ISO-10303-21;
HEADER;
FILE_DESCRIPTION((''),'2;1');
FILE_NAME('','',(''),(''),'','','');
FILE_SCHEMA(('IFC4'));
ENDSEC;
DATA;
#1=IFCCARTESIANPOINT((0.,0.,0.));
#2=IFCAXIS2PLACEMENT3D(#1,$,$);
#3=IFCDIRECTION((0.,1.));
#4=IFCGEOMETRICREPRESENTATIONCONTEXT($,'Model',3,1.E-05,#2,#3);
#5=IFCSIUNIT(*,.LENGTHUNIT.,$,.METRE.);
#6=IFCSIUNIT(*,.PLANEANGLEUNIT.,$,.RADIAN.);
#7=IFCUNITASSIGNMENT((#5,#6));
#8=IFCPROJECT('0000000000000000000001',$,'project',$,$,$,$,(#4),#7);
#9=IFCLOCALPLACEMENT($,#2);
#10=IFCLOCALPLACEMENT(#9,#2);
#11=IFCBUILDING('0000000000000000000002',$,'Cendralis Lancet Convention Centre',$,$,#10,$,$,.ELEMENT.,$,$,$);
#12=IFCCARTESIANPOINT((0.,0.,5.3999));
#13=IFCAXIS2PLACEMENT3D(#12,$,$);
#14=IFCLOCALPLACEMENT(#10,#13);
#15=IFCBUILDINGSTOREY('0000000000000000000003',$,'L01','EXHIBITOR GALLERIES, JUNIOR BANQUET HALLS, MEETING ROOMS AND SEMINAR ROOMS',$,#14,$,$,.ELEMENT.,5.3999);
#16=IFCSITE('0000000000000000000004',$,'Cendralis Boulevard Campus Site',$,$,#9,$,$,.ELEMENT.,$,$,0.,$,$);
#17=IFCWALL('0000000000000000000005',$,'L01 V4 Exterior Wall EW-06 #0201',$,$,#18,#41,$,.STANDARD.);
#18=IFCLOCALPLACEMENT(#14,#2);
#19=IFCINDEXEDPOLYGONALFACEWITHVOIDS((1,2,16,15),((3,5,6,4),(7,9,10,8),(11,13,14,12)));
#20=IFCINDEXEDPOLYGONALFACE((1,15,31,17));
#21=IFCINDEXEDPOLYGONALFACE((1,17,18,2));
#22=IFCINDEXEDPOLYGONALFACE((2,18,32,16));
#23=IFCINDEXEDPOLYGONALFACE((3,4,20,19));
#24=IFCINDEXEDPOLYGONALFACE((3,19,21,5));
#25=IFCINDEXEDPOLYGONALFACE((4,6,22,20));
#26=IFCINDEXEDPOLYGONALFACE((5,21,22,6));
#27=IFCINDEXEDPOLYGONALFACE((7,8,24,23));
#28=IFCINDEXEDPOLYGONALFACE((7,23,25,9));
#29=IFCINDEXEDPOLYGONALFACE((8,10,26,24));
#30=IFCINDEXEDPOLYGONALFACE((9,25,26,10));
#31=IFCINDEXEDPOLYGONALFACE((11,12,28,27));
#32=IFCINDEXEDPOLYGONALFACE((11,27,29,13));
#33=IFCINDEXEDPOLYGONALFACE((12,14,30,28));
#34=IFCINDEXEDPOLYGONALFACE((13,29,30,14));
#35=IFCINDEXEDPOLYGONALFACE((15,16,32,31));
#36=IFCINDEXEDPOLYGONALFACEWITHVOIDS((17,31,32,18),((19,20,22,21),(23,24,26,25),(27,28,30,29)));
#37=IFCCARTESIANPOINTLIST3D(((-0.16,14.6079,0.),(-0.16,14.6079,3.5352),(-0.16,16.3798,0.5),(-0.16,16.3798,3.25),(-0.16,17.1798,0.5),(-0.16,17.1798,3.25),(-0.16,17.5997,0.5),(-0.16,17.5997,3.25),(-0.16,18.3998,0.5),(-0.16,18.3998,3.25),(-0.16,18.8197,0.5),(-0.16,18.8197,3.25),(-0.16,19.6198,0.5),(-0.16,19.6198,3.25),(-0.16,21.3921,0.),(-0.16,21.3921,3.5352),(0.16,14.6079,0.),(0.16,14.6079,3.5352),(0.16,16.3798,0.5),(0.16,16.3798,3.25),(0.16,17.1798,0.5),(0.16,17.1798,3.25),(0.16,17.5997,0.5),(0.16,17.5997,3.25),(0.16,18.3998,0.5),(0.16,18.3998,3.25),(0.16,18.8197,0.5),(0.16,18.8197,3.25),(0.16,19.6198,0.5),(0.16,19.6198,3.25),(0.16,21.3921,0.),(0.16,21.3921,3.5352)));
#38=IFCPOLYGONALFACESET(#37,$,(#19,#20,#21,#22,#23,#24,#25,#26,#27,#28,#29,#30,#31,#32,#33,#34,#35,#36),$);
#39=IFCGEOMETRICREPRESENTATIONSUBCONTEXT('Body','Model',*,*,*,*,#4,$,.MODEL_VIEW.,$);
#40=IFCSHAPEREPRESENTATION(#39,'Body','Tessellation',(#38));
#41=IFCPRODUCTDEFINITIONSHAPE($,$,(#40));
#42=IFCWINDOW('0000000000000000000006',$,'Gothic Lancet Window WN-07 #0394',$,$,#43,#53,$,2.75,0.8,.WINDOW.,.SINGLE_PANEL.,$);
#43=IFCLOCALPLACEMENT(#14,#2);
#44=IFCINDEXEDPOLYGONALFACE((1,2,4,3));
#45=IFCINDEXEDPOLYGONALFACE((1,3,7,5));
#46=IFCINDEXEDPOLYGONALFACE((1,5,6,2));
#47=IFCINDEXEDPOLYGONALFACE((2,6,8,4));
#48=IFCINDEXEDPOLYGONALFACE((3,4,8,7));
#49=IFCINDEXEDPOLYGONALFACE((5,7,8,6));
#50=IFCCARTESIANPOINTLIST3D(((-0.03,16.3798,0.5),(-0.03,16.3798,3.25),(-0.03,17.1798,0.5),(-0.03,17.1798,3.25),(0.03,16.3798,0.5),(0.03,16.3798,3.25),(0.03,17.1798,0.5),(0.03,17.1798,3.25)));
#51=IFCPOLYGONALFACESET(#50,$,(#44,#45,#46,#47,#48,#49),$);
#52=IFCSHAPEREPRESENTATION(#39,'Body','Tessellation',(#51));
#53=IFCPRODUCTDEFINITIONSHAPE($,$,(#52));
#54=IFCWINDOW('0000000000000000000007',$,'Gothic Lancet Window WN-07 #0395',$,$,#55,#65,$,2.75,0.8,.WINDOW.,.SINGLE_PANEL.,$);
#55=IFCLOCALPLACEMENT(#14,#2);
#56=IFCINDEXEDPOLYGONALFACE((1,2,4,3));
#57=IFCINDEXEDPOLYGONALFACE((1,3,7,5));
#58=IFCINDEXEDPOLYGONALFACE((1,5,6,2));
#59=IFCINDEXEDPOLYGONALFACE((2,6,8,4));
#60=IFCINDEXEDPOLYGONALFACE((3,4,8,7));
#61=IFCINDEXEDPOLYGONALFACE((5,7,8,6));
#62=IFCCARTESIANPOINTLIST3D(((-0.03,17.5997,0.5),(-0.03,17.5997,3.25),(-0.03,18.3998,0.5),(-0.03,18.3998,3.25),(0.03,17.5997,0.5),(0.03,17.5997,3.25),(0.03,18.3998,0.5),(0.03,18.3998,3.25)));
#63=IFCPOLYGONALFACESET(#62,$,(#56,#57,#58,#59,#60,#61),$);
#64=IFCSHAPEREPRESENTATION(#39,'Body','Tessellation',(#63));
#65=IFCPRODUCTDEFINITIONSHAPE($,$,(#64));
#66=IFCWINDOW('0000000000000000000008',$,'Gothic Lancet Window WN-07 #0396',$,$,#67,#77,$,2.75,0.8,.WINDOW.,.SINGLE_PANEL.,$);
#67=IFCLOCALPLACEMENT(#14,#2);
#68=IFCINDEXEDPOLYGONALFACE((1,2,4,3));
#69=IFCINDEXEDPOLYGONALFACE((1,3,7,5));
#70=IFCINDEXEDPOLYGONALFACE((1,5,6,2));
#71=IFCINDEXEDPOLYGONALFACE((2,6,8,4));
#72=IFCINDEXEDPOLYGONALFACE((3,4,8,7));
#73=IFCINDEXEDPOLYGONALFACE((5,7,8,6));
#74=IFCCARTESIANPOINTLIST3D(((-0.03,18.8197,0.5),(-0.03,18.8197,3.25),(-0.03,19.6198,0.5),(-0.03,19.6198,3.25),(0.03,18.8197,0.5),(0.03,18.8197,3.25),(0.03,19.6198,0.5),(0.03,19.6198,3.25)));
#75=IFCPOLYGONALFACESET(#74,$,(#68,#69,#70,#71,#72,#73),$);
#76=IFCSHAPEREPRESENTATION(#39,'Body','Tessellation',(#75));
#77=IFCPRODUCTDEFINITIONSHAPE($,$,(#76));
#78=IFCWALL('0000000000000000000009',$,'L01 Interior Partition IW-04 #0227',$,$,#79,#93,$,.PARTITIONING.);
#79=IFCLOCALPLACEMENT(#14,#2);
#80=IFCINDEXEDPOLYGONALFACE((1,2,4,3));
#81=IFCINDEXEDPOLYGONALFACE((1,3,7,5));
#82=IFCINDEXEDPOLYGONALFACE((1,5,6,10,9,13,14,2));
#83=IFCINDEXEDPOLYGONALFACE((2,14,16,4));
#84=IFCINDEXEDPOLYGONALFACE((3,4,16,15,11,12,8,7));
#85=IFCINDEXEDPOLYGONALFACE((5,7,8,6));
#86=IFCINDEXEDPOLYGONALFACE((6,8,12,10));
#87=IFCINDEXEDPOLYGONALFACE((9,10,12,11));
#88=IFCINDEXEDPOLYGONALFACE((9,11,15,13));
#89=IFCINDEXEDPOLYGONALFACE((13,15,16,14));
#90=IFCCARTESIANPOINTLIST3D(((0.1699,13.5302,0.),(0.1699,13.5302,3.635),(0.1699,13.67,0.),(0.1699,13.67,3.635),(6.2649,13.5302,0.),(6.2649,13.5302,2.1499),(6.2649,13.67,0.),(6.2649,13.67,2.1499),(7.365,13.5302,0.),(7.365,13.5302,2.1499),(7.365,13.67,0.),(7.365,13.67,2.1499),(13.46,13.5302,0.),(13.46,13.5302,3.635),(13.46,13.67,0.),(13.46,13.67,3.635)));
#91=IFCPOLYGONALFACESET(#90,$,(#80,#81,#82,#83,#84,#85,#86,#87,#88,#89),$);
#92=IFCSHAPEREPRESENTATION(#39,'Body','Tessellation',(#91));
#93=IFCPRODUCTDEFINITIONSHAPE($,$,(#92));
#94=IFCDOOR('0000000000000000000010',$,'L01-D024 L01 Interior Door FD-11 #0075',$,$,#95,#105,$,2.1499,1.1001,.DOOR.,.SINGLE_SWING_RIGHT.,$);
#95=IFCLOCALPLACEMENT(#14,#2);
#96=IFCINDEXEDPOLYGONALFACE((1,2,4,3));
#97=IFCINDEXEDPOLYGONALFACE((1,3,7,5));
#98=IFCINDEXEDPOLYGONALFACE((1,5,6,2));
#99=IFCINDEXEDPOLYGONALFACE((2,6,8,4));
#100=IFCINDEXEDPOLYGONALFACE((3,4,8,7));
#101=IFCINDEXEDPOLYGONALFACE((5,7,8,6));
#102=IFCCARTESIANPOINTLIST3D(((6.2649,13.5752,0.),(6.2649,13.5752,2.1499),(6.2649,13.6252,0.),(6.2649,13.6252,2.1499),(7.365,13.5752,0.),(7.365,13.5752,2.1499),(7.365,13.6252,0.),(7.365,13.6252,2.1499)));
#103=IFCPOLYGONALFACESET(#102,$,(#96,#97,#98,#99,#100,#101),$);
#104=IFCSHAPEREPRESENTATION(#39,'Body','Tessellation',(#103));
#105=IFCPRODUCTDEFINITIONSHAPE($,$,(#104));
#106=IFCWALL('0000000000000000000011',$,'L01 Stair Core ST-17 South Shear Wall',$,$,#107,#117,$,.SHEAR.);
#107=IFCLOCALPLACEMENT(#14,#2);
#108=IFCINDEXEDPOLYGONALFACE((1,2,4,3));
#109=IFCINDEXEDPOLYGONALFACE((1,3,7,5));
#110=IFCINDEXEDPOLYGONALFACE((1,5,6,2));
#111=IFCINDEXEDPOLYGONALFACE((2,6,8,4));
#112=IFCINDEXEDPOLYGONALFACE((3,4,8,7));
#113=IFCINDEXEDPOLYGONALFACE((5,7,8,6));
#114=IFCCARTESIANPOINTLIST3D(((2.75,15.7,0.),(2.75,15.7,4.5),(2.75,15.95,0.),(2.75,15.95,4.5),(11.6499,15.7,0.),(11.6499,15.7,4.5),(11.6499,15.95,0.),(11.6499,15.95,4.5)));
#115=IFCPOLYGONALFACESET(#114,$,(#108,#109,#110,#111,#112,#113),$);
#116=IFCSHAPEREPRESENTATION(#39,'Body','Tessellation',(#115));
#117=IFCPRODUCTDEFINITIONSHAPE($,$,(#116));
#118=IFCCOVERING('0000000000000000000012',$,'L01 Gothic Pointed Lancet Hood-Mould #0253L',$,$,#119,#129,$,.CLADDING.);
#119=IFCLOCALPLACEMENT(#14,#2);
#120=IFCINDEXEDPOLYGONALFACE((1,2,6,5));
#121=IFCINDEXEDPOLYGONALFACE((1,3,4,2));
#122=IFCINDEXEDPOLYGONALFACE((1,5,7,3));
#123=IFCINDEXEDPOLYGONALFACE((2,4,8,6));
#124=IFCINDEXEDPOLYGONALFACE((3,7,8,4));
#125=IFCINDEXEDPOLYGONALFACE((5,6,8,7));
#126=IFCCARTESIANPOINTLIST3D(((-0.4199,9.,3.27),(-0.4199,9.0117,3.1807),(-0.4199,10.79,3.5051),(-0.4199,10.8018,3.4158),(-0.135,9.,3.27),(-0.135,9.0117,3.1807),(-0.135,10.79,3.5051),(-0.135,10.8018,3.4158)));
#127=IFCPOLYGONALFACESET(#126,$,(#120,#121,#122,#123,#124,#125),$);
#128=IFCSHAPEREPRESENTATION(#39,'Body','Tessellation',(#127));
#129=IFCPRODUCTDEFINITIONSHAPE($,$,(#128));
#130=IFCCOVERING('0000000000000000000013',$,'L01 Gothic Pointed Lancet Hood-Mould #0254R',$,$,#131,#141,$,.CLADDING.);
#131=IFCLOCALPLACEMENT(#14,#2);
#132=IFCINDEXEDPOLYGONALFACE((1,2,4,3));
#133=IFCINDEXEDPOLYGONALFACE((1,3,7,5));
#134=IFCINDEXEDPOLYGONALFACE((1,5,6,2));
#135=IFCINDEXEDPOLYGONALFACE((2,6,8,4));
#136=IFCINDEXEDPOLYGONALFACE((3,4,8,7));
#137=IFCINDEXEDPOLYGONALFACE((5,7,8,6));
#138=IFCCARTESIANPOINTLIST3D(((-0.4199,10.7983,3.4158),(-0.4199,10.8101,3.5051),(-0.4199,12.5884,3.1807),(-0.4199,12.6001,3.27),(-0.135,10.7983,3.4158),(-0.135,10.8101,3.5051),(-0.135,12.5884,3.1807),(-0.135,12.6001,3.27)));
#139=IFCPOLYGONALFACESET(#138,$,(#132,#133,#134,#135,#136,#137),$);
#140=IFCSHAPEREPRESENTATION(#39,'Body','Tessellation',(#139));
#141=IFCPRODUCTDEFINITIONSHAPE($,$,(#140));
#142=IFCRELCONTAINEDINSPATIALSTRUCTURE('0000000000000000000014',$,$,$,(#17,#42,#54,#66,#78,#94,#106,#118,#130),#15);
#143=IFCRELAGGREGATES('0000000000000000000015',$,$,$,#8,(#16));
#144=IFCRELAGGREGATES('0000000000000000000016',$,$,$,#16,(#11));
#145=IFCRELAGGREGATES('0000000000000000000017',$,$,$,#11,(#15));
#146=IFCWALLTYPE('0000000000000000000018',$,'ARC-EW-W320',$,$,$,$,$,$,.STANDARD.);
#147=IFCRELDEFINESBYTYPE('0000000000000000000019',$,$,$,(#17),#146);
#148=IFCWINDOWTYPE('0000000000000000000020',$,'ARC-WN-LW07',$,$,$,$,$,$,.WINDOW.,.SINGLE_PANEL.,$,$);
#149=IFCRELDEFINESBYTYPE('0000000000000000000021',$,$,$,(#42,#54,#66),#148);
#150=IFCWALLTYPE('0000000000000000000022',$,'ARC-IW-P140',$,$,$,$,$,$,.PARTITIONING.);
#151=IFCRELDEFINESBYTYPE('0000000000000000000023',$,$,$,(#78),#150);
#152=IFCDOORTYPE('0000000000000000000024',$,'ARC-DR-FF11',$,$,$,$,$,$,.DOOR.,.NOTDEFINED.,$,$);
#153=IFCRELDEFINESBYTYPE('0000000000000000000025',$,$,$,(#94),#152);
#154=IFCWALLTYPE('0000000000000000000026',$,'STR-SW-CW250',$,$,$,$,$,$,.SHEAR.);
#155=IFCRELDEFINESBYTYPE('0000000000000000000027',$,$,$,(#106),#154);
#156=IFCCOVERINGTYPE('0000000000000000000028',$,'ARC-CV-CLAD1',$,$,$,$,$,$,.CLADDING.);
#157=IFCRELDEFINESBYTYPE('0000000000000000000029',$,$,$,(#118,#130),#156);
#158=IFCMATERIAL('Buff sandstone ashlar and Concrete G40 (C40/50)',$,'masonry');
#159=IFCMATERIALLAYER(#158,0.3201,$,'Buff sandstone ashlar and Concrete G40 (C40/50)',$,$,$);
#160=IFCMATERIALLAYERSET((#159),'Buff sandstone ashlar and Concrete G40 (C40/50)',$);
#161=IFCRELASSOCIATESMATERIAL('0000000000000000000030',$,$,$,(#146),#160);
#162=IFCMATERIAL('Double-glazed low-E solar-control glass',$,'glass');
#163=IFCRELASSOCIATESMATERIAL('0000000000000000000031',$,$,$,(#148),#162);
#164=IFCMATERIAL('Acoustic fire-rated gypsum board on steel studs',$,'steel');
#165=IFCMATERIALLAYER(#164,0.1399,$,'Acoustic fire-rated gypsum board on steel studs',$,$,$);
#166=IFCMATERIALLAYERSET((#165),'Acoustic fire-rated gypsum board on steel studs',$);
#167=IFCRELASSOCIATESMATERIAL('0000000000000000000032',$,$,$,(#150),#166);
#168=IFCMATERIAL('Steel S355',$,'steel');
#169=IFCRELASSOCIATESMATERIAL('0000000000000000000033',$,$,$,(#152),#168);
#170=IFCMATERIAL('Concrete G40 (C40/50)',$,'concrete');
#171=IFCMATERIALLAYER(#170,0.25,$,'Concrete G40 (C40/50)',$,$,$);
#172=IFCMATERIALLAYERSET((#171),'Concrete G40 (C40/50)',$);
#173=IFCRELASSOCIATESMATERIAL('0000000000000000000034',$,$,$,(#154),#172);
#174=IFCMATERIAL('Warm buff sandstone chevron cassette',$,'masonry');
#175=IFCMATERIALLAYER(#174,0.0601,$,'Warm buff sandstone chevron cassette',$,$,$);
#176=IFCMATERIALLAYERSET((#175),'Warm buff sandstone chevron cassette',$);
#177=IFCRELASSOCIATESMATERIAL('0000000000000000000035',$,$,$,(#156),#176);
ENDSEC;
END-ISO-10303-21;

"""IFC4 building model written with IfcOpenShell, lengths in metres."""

from ifc_helpers import new_model, si_unit, direction, frame, frame_2d, origin, place, context, subcontext, project, spatial, polyline, rectangle, outline, extrude, material, layer, layer_set, type_object, element, fill, save


model = new_model("IFC4")

# Units and contexts
model_context = context("Model", 3, precision=1e-05, world=origin(), true_north=direction((0.0, 1.0)))
body_context = subcontext(model_context, "Body", "Model", "MODEL_VIEW")
ifc_project = project(units=[si_unit("LENGTHUNIT", "METRE"), si_unit("PLANEANGLEUNIT", "RADIAN")], contexts=[model_context])

# Site, building, storey
site_placement = place(None, origin())
site = spatial("IfcSite", under=ifc_project, at=site_placement, Name="Cendralis Boulevard Campus Site", CompositionType="ELEMENT", RefElevation=0.0)
building_placement = place(site_placement, origin())
building = spatial("IfcBuilding", under=site, at=building_placement, Name="Cendralis Lancet Convention Centre", CompositionType="ELEMENT")
storey_placement = place(building_placement, frame((0.0, 0.0, 5.3999)))
storey = spatial("IfcBuildingStorey", under=building, at=storey_placement, Name="L01", Description="EXHIBITOR GALLERIES, JUNIOR BANQUET HALLS, MEETING ROOMS AND SEMINAR ROOMS", CompositionType="ELEMENT", Elevation=5.3999)

# Shared definitions
ifc_material_1 = material(Name="Steel S355", Category="steel")

# Shared definitions
ifc_material_2 = material(Name="Concrete G40 (C40/50)", Category="concrete")

# Wall, openings, windows
ifc_material_3 = material(Name="Buff sandstone ashlar and Concrete G40 (C40/50)", Category="masonry")
ifc_layer_1 = layer(ifc_material_3, 0.3201, Name="Buff sandstone ashlar and Concrete G40 (C40/50)")
ifc_layer_set_1 = layer_set([ifc_layer_1], Name="Buff sandstone ashlar and Concrete G40 (C40/50)")
wall_type_1 = type_object("IfcWallType", Name="ARC-EW-W320", PredefinedType="STANDARD", material=ifc_layer_set_1)
ifc_material_4 = material(Name="Double-glazed low-E solar-control glass", Category="glass")
window_type_1 = type_object("IfcWindowType", Name="ARC-WN-LW07", PartitioningType="SINGLE_PANEL", PredefinedType="WINDOW", material=ifc_material_4)
wall_1_placement = place(storey_placement, frame((0.0, 14.6079, 0.0), z_axis=(0.0, 0.0, 1.0), x_axis=(0.0, 1.0, 0.0)))
wall_1 = element("IfcWall", 1, at=wall_1_placement, inside=storey, type_object=wall_type_1, Name="L01 V4 Exterior Wall EW-06 #0201", PredefinedType="STANDARD", context=body_context, shape_type="SweptSolid", body=[
    extrude(rectangle(XDim=6.7842, YDim=0.3201, at=frame_2d((3.3921, 0.0))), origin(), (0.0, 0.0, 1.0), 3.5352),
])
opening_1_placement = place(wall_1_placement, frame((1.772, 0.0, 0.5)))
opening_1 = element("IfcOpeningElement", 2, at=opening_1_placement, cuts=wall_1, PredefinedType="OPENING", context=body_context, shape_type="SweptSolid", body=[
    extrude(rectangle(XDim=0.8, YDim=2.75, at=frame_2d((0.3999, 1.375))), frame((0.0, 0.1699, 0.0), z_axis=(0.0, -1.0, 0.0), x_axis=(1.0, 0.0, 0.0)), (0.0, 0.0, 1.0), 0.3401),
])
opening_2_placement = place(wall_1_placement, frame((2.9919, 0.0, 0.5)))
opening_2 = element("IfcOpeningElement", 3, at=opening_2_placement, cuts=wall_1, PredefinedType="OPENING", context=body_context, shape_type="SweptSolid", body=[
    extrude(rectangle(XDim=0.8, YDim=2.75, at=frame_2d((0.3999, 1.375))), frame((0.0, 0.1699, 0.0), z_axis=(0.0, -1.0, 0.0), x_axis=(1.0, 0.0, 0.0)), (0.0, 0.0, 1.0), 0.3401),
])
opening_3_placement = place(wall_1_placement, frame((4.2119, 0.0, 0.5)))
opening_3 = element("IfcOpeningElement", 4, at=opening_3_placement, cuts=wall_1, PredefinedType="OPENING", context=body_context, shape_type="SweptSolid", body=[
    extrude(rectangle(XDim=0.8, YDim=2.75, at=frame_2d((0.3999, 1.375))), frame((0.0, 0.1699, 0.0), z_axis=(0.0, -1.0, 0.0), x_axis=(1.0, 0.0, 0.0)), (0.0, 0.0, 1.0), 0.3401),
])
window_1_placement = place(opening_1_placement, origin())
window_1 = element("IfcWindow", 5, at=window_1_placement, inside=storey, type_object=window_type_1, Name="Gothic Lancet Window WN-07 #0394", OverallHeight=2.75, OverallWidth=0.8, PartitioningType="SINGLE_PANEL", PredefinedType="WINDOW", context=body_context, shape_type="SweptSolid", body=[
    extrude(rectangle(XDim=0.8, YDim=2.75, at=frame_2d((0.3999, 1.375))), frame((0.0, 0.03, 0.0), z_axis=(0.0, -1.0, 0.0), x_axis=(1.0, 0.0, 0.0)), (0.0, 0.0, 1.0), 0.0601),
])
fill(opening_1, window_1)
window_2_placement = place(opening_2_placement, origin())
window_2 = element("IfcWindow", 6, at=window_2_placement, inside=storey, type_object=window_type_1, Name="Gothic Lancet Window WN-07 #0395", OverallHeight=2.75, OverallWidth=0.8, PartitioningType="SINGLE_PANEL", PredefinedType="WINDOW", context=body_context, shape_type="SweptSolid", body=[
    extrude(rectangle(XDim=0.8, YDim=2.75, at=frame_2d((0.3999, 1.375))), frame((0.0, 0.03, 0.0), z_axis=(0.0, -1.0, 0.0), x_axis=(1.0, 0.0, 0.0)), (0.0, 0.0, 1.0), 0.0601),
])
fill(opening_2, window_2)
window_3_placement = place(opening_3_placement, origin())
window_3 = element("IfcWindow", 7, at=window_3_placement, inside=storey, type_object=window_type_1, Name="Gothic Lancet Window WN-07 #0396", OverallHeight=2.75, OverallWidth=0.8, PartitioningType="SINGLE_PANEL", PredefinedType="WINDOW", context=body_context, shape_type="SweptSolid", body=[
    extrude(rectangle(XDim=0.8, YDim=2.75, at=frame_2d((0.3999, 1.375))), frame((0.0, 0.03, 0.0), z_axis=(0.0, -1.0, 0.0), x_axis=(1.0, 0.0, 0.0)), (0.0, 0.0, 1.0), 0.0601),
])
fill(opening_3, window_3)

# Wall, opening, door
ifc_material_5 = material(Name="Acoustic fire-rated gypsum board on steel studs", Category="steel")
ifc_layer_2 = layer(ifc_material_5, 0.1399, Name="Acoustic fire-rated gypsum board on steel studs")
ifc_layer_set_2 = layer_set([ifc_layer_2], Name="Acoustic fire-rated gypsum board on steel studs")
wall_type_2 = type_object("IfcWallType", Name="ARC-IW-P140", PredefinedType="PARTITIONING", material=ifc_layer_set_2)
wall_2_placement = place(storey_placement, frame((0.1699, 13.6001, 0.0), z_axis=(0.0, 0.0, 1.0), x_axis=(1.0, 0.0, 0.0)))
wall_2 = element("IfcWall", 8, at=wall_2_placement, inside=storey, type_object=wall_type_2, Name="L01 Interior Partition IW-04 #0227", PredefinedType="PARTITIONING", context=body_context, shape_type="SweptSolid", body=[
    extrude(rectangle(XDim=13.29, YDim=0.1399, at=frame_2d((6.645, 0.0))), origin(), (0.0, 0.0, 1.0), 3.635),
])
opening_4_placement = place(wall_2_placement, frame((6.095, 0.0, 0.0)))
opening_4 = element("IfcOpeningElement", 9, at=opening_4_placement, cuts=wall_2, PredefinedType="OPENING", context=body_context, shape_type="SweptSolid", body=[
    extrude(rectangle(XDim=1.1001, YDim=2.1499, at=frame_2d((0.55, 1.075))), frame((0.0, 0.0798, 0.0), z_axis=(0.0, -1.0, 0.0), x_axis=(1.0, 0.0, 0.0)), (0.0, 0.0, 1.0), 0.1599),
])
door_type = type_object("IfcDoorType", Name="ARC-DR-FF11", OperationType="NOTDEFINED", PredefinedType="DOOR", material=ifc_material_1)
door_placement = place(opening_4_placement, frame((1.1001, 0.0, 0.0), z_axis=(0.0, 0.0, 1.0), x_axis=(-1.0, 0.0, 0.0)))
door = element("IfcDoor", 10, at=door_placement, inside=storey, type_object=door_type, Name="L01-D024 L01 Interior Door FD-11 #0075", OperationType="SINGLE_SWING_RIGHT", OverallHeight=2.1499, OverallWidth=1.1001, PredefinedType="DOOR", context=body_context, shape_type="SweptSolid", body=[
    extrude(rectangle(XDim=1.1001, YDim=2.1499, at=frame_2d((0.55, 1.075))), frame((0.0, 0.0249, 0.0), z_axis=(0.0, -1.0, 0.0), x_axis=(1.0, 0.0, 0.0)), (0.0, 0.0, 1.0), 0.05),
])
fill(opening_4, door)

# Wall
ifc_layer_3 = layer(ifc_material_2, 0.25, Name="Concrete G40 (C40/50)")
ifc_layer_set_3 = layer_set([ifc_layer_3], Name="Concrete G40 (C40/50)")
wall_type_3 = type_object("IfcWallType", Name="STR-SW-CW250", PredefinedType="SHEAR", material=ifc_layer_set_3)
wall_3_placement = place(storey_placement, frame((2.75, 15.825, 0.0), z_axis=(0.0, 0.0, 1.0), x_axis=(1.0, 0.0, 0.0)))
element("IfcWall", 11, at=wall_3_placement, inside=storey, type_object=wall_type_3, Name="L01 Stair Core ST-17 South Shear Wall", PredefinedType="SHEAR", context=body_context, shape_type="SweptSolid", body=[
    extrude(rectangle(XDim=8.8999, YDim=0.25, at=frame_2d((4.45, 0.0))), origin(), (0.0, 0.0, 1.0), 4.5),
])

# Coverings
ifc_material_6 = material(Name="Warm buff sandstone chevron cassette", Category="masonry")
ifc_layer_4 = layer(ifc_material_6, 0.0601, Name="Warm buff sandstone chevron cassette")
ifc_layer_set_4 = layer_set([ifc_layer_4], Name="Warm buff sandstone chevron cassette")
covering_type = type_object("IfcCoveringType", Name="ARC-CV-CLAD1", PredefinedType="CLADDING", material=ifc_layer_set_4)
for number, where, z_axis, x_axis, name in (
    (12, (-0.4199, 9.0, 3.27), (0.0, -0.130224, 0.991485), (1.0, 0.0, 0.0), "L01 Gothic Pointed Lancet Hood-Mould #0253L"),
    (13, (-0.4199, 10.8101, 3.5051), (0.0, 0.130224, 0.991485), (1.0, 0.0, 0.0), "L01 Gothic Pointed Lancet Hood-Mould #0254R"),
):
    element("IfcCovering", number, at=place(storey_placement, frame(where, z_axis=z_axis, x_axis=x_axis)), inside=storey, type_object=covering_type, Name=name, PredefinedType="CLADDING", context=body_context, shape_type="SweptSolid", body=[
        extrude(outline(polyline([(0.0, 0.0), (0.2849, 0.0), (0.2849, 1.8054), (0.0, 1.8054), (0.0, 0.0)])), origin(), (0.0, 0.0, -1.0), 0.0901),
    ])

save(model, "model.ifc")
